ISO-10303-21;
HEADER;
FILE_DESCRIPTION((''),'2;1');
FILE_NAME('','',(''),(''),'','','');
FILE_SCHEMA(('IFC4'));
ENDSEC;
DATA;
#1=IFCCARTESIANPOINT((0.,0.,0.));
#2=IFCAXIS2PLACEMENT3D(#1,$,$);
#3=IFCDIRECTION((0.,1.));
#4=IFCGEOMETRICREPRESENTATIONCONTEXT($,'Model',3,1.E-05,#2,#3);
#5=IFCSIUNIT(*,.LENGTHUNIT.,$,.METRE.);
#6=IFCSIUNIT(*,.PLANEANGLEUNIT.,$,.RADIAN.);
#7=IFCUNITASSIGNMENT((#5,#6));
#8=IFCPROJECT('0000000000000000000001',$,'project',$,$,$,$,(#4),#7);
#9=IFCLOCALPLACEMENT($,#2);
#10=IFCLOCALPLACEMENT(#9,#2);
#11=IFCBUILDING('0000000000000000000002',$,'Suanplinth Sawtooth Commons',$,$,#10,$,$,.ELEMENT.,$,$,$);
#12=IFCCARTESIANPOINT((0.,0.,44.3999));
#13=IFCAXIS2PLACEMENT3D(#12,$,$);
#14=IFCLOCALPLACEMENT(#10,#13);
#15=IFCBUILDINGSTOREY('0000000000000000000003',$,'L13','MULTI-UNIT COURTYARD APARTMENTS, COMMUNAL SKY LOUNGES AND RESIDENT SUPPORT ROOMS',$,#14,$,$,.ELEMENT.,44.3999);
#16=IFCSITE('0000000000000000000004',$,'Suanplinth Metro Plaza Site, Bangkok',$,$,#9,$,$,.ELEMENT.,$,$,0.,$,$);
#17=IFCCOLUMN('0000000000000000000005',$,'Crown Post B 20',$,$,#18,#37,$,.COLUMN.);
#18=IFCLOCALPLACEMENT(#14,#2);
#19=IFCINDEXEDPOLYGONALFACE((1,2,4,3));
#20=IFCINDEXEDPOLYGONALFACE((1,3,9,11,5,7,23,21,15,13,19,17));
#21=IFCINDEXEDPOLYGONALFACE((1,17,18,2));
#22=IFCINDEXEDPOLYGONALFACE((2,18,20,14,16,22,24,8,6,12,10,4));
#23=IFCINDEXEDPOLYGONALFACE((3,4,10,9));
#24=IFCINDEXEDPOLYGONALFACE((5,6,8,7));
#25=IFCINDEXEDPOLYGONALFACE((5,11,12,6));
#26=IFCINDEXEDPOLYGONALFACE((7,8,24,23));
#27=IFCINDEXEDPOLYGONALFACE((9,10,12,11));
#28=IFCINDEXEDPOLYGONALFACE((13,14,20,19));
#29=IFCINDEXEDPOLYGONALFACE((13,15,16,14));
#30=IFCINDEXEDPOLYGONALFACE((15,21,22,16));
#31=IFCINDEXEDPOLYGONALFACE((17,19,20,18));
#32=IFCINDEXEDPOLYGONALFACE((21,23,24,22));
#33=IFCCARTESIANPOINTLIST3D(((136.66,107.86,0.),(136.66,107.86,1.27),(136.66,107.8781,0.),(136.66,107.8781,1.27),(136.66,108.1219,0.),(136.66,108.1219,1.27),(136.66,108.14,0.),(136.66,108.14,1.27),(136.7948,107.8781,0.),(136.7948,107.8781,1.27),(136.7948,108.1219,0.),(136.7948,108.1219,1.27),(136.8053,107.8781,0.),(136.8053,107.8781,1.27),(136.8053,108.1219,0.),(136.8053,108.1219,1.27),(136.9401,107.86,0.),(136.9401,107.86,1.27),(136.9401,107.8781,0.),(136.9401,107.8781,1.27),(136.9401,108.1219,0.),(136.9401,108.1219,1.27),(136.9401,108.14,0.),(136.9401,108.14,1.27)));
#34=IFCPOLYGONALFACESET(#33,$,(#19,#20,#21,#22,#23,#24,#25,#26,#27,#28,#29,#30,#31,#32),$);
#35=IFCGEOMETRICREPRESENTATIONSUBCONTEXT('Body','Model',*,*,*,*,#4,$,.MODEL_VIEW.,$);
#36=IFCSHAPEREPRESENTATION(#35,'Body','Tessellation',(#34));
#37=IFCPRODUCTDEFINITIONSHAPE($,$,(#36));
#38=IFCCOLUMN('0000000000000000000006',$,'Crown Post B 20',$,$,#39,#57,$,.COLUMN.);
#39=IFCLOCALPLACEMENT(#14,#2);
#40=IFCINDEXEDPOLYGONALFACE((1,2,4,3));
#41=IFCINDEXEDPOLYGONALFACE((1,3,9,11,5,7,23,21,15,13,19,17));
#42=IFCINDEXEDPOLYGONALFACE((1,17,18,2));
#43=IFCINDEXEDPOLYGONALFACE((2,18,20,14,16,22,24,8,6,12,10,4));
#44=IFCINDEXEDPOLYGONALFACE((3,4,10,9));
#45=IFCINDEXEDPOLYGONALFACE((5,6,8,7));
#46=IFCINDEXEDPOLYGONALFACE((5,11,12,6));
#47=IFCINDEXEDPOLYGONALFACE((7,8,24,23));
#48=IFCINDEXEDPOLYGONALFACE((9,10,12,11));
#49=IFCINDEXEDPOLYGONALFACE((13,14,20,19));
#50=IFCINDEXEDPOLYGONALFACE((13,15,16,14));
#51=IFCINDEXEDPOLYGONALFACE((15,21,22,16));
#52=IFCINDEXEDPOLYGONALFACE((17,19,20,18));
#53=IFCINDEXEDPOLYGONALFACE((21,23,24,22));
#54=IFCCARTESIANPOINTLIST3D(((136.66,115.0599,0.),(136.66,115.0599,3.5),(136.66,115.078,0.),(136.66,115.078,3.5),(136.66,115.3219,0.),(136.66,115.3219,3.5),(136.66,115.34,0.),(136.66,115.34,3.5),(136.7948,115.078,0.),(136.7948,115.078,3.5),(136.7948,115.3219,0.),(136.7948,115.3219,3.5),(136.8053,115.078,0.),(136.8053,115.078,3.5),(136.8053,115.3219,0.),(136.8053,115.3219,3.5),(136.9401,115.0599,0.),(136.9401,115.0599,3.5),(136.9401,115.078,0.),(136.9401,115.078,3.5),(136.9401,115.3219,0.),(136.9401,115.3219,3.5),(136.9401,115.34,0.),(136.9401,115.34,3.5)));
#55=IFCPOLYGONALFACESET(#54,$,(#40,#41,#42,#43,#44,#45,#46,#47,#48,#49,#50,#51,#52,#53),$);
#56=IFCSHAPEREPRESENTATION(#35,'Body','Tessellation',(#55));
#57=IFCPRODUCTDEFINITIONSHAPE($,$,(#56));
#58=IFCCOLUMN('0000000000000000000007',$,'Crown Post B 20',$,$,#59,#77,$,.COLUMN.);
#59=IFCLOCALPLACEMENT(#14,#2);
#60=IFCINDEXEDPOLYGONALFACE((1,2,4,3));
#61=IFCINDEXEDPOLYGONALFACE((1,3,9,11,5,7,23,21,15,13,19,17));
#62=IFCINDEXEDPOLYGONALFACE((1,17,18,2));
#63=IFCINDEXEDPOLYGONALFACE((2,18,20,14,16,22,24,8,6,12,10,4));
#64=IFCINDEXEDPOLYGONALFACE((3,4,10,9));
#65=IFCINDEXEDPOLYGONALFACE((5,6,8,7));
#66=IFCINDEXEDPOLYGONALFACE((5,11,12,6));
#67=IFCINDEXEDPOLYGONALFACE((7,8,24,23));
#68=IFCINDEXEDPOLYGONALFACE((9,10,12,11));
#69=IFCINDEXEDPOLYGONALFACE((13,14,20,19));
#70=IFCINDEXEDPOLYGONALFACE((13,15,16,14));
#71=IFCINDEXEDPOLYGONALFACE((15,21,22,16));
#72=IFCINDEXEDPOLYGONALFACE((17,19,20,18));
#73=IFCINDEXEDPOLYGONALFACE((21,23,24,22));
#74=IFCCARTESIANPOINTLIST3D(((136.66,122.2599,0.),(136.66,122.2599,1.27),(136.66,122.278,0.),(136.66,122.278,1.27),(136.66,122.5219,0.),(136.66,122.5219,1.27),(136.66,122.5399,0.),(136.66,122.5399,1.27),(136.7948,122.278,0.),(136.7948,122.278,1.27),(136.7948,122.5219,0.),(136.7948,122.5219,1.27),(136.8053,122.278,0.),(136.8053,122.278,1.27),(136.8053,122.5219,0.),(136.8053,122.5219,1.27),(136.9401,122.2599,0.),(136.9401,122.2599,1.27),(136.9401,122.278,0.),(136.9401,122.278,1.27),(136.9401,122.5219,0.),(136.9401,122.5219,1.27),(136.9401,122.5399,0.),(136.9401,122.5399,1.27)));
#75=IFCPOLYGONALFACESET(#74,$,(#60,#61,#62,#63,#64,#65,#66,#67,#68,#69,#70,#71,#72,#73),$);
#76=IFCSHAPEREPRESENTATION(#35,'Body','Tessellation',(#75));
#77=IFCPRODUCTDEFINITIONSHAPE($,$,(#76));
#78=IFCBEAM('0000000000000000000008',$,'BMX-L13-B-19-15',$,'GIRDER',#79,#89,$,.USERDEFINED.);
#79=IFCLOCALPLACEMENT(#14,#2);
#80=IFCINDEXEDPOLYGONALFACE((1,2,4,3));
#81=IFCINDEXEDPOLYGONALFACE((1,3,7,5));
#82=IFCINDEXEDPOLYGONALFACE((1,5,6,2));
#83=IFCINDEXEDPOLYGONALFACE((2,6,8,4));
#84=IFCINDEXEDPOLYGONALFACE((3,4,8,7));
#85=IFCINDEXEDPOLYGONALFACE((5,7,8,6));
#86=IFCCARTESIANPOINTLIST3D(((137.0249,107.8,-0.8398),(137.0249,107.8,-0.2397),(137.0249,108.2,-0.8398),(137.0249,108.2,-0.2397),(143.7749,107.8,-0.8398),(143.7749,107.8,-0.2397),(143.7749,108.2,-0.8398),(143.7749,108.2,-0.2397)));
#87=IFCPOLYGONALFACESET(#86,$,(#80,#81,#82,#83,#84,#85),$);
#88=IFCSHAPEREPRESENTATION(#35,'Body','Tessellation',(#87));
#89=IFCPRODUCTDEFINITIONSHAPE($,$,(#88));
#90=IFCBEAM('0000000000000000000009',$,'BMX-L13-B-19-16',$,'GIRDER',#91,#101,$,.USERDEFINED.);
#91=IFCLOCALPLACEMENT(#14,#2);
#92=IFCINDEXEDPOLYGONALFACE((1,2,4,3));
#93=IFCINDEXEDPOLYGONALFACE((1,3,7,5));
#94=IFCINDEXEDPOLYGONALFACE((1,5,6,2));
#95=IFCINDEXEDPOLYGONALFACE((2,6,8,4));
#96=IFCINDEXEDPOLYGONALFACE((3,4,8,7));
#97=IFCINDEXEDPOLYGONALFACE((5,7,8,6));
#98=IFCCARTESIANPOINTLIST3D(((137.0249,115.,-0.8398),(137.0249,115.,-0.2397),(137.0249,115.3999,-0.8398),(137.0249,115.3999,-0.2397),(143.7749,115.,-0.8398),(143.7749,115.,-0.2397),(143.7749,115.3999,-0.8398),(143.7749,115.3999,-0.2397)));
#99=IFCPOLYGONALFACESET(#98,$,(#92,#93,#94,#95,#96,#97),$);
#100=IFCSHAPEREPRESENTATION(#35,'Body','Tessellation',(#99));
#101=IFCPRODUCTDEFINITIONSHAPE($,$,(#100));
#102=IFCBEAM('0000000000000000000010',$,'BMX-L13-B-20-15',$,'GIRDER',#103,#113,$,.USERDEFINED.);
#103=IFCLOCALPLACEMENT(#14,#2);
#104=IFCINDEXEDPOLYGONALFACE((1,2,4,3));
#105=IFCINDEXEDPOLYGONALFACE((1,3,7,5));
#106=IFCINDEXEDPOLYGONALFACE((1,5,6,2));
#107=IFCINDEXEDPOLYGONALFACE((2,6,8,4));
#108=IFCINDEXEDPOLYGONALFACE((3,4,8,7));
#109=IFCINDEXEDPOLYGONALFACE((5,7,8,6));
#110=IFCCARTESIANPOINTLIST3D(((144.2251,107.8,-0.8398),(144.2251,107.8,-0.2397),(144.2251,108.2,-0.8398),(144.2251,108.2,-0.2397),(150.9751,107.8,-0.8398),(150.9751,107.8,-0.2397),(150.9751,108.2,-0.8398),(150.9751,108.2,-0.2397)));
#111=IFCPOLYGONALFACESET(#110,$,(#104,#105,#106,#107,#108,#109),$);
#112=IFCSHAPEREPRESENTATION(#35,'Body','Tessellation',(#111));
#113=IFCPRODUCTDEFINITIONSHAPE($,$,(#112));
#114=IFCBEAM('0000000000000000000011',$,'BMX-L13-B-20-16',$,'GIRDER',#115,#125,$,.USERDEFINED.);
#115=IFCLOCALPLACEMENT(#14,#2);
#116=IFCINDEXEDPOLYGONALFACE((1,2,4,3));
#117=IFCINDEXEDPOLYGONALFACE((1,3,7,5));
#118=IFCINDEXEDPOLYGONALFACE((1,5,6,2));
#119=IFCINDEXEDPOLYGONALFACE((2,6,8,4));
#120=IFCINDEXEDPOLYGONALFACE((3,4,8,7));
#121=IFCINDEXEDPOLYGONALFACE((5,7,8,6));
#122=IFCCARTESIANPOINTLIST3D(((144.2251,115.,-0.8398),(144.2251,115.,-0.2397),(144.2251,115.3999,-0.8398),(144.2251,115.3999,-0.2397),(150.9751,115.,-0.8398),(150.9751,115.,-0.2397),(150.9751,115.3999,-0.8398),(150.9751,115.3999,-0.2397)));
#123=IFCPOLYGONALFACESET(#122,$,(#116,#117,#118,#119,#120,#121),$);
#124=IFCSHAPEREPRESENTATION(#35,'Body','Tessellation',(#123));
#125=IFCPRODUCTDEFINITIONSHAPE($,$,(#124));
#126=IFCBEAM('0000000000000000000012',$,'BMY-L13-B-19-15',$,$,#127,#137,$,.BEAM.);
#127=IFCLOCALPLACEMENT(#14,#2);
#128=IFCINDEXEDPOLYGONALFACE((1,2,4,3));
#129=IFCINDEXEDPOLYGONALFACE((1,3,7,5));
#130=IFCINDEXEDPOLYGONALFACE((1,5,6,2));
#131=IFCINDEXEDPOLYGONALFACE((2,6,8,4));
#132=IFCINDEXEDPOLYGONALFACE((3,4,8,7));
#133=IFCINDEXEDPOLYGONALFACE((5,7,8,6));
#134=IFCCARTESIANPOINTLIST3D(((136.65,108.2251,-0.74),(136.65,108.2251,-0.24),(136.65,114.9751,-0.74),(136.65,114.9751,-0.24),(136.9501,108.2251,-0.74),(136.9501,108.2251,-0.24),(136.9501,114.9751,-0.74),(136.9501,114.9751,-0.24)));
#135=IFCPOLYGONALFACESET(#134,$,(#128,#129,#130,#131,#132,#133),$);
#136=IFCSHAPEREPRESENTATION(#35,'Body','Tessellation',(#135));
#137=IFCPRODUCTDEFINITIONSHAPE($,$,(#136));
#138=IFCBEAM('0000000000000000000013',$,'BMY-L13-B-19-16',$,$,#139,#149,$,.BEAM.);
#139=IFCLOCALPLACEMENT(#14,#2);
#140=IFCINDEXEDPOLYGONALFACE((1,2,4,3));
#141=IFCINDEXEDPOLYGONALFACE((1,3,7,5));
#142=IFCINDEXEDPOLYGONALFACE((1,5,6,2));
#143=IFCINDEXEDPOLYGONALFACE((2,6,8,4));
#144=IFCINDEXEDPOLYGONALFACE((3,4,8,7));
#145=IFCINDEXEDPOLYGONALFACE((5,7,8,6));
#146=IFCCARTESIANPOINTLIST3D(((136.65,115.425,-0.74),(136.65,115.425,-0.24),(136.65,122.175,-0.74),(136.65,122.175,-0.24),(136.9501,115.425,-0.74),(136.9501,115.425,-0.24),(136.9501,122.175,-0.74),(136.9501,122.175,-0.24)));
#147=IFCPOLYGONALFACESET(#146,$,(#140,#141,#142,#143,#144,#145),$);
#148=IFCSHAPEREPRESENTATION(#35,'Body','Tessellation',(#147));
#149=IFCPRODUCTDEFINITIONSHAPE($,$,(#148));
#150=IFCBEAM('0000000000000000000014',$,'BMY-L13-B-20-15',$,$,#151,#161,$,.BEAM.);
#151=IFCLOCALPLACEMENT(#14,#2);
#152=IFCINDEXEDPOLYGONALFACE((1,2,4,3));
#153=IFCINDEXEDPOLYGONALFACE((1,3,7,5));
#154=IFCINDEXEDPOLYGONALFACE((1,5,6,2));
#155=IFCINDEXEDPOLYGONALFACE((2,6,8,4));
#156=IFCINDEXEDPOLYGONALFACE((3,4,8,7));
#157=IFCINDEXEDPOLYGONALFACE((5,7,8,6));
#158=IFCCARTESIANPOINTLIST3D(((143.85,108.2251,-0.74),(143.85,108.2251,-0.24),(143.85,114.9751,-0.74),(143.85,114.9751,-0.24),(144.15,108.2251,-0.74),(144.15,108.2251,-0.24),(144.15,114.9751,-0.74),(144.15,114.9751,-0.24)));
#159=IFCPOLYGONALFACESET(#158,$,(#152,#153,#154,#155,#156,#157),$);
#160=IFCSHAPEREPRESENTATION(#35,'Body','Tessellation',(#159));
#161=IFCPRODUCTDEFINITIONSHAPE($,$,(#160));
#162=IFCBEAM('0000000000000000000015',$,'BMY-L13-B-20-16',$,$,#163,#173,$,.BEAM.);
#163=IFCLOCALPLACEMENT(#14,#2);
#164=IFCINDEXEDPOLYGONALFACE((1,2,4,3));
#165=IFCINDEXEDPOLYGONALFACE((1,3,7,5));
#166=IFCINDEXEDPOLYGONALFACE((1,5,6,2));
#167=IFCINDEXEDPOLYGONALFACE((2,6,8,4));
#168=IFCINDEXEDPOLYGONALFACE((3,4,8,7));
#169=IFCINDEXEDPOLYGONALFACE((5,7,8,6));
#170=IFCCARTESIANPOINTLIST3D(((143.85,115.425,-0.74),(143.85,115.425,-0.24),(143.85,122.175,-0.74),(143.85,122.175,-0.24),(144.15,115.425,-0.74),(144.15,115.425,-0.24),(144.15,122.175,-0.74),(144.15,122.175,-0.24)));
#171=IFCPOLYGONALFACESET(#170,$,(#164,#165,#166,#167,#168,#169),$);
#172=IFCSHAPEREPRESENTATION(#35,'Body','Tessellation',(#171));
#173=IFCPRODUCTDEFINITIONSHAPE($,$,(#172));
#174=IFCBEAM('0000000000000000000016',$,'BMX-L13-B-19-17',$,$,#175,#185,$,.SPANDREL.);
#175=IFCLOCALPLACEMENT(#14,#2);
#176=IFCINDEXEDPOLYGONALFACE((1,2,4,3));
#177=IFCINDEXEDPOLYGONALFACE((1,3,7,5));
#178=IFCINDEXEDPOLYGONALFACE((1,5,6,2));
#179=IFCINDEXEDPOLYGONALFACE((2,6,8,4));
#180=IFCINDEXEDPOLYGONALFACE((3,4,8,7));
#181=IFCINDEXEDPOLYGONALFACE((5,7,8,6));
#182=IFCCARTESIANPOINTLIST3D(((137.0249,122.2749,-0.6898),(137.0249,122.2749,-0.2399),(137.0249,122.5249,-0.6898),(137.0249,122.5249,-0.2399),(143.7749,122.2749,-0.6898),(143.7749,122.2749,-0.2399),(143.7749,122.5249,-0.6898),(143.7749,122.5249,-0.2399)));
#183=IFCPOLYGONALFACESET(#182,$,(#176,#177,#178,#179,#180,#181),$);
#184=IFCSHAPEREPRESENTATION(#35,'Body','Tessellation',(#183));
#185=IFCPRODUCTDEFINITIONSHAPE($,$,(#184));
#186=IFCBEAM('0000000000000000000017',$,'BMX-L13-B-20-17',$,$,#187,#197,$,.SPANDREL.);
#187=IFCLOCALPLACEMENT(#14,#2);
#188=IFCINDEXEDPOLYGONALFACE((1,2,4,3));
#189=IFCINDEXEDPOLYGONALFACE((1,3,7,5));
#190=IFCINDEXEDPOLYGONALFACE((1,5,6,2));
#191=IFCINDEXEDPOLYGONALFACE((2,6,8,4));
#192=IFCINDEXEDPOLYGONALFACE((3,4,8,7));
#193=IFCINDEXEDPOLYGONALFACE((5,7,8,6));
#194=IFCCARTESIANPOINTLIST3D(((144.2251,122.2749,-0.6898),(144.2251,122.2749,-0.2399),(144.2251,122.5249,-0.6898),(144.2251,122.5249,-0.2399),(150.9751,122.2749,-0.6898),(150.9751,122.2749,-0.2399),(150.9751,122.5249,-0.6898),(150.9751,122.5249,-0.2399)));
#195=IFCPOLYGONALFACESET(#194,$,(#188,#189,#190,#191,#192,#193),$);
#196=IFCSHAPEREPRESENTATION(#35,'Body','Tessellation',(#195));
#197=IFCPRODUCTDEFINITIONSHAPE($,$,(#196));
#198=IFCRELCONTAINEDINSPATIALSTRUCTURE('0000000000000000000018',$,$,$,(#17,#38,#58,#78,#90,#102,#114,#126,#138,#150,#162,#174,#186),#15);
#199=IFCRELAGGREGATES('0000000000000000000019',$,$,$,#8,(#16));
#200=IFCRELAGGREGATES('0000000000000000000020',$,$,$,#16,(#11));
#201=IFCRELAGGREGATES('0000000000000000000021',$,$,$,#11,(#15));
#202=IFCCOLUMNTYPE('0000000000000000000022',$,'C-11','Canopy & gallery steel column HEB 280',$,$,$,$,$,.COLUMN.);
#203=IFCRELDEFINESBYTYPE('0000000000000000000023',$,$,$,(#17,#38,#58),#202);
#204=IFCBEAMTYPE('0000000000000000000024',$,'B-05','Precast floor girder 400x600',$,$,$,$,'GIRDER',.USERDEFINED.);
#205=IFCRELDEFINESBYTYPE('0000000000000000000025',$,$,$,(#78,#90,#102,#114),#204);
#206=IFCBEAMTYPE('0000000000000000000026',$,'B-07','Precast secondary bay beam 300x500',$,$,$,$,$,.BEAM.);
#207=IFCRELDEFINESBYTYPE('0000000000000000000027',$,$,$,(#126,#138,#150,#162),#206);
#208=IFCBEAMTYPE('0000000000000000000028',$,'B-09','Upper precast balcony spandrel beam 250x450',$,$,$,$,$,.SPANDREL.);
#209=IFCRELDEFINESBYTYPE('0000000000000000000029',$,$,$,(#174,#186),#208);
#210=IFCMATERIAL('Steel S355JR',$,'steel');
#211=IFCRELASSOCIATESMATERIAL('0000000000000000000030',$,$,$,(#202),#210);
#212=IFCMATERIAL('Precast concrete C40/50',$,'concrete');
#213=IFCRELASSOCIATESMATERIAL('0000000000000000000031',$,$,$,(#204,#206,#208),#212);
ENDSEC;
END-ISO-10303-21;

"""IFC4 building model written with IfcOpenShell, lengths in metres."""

from ifc_helpers import new_model, si_unit, direction, frame, origin, origin_2d, place, context, subcontext, project, spatial, rectangle, i_section, extrude, material, material_profile, profile_set, type_object, element, save


model = new_model("IFC4")

# Units and contexts
model_context = context("Model", 3, precision=1e-05, world=origin(), true_north=direction((0.0, 1.0)))
body_context = subcontext(model_context, "Body", "Model", "MODEL_VIEW")
ifc_project = project(units=[si_unit("LENGTHUNIT", "METRE"), si_unit("PLANEANGLEUNIT", "RADIAN")], contexts=[model_context])

# Site, building, storey
site_placement = place(None, origin())
site = spatial("IfcSite", under=ifc_project, at=site_placement, Name="Suanplinth Metro Plaza Site, Bangkok", CompositionType="ELEMENT", RefElevation=0.0)
building_placement = place(site_placement, origin())
building = spatial("IfcBuilding", under=site, at=building_placement, Name="Suanplinth Sawtooth Commons", CompositionType="ELEMENT")
storey_placement = place(building_placement, frame((0.0, 0.0, 44.3999)))
storey = spatial("IfcBuildingStorey", under=building, at=storey_placement, Name="L13", Description="MULTI-UNIT COURTYARD APARTMENTS, COMMUNAL SKY LOUNGES AND RESIDENT SUPPORT ROOMS", CompositionType="ELEMENT", Elevation=44.3999)

# Columns
ifc_material_1 = material(Name="Steel S355JR", Category="steel")
ifc_material_profile_1 = material_profile(ifc_material_1, i_section(OverallWidth=0.28, OverallDepth=0.28, WebThickness=0.0105, FlangeThickness=0.0181, at=origin_2d()), Name="HEB 280")
ifc_profile_set_1 = profile_set([ifc_material_profile_1], Name="Steel S355JR")
column_type = type_object("IfcColumnType", Name="C-11", Description="Canopy & gallery steel column HEB 280", PredefinedType="COLUMN", material=ifc_profile_set_1)
column_1_placement = place(storey_placement, frame((136.8, 108.0, 0.0), z_axis=(0.0, 0.0, 1.0), x_axis=(1.0, 0.0, 0.0)))
element("IfcColumn", 1, at=column_1_placement, inside=storey, type_object=column_type, Name="Crown Post B 20", PredefinedType="COLUMN", context=body_context, shape_type="SweptSolid", body=[
    extrude(i_section(OverallWidth=0.28, OverallDepth=0.28, WebThickness=0.0105, FlangeThickness=0.0181, at=origin_2d()), origin(), (0.0, 0.0, 1.0), 1.27),
])
column_2_placement = place(storey_placement, frame((136.8, 115.2, 0.0), z_axis=(0.0, 0.0, 1.0), x_axis=(1.0, 0.0, 0.0)))
element("IfcColumn", 2, at=column_2_placement, inside=storey, type_object=column_type, Name="Crown Post B 20", PredefinedType="COLUMN", context=body_context, shape_type="SweptSolid", body=[
    extrude(i_section(OverallWidth=0.28, OverallDepth=0.28, WebThickness=0.0105, FlangeThickness=0.0181, at=origin_2d()), origin(), (0.0, 0.0, 1.0), 3.5),
])
column_3_placement = place(storey_placement, frame((136.8, 122.3999, 0.0), z_axis=(0.0, 0.0, 1.0), x_axis=(1.0, 0.0, 0.0)))
element("IfcColumn", 3, at=column_3_placement, inside=storey, type_object=column_type, Name="Crown Post B 20", PredefinedType="COLUMN", context=body_context, shape_type="SweptSolid", body=[
    extrude(i_section(OverallWidth=0.28, OverallDepth=0.28, WebThickness=0.0105, FlangeThickness=0.0181, at=origin_2d()), origin(), (0.0, 0.0, 1.0), 1.27),
])

# Beams
ifc_material_2 = material(Name="Precast concrete C40/50", Category="concrete")
ifc_material_profile_2 = material_profile(ifc_material_2, rectangle(XDim=0.3999, YDim=0.6001, at=origin_2d()), Name="PC-GDR 400x600")
ifc_profile_set_2 = profile_set([ifc_material_profile_2], Name="Precast concrete C40/50")
beam_type_1 = type_object("IfcBeamType", Name="B-05", Description="Precast floor girder 400x600", ElementType="GIRDER", PredefinedType="USERDEFINED", material=ifc_profile_set_2)
for number, where, z_axis, x_axis, name in (
    (4, (137.0249, 108.0, -0.5398), (1.0, 0.0, 0.0), (0.0, 1.0, 0.0), "BMX-L13-B-19-15"),
    (5, (137.0249, 115.2, -0.5398), (1.0, 0.0, 0.0), (0.0, 1.0, 0.0), "BMX-L13-B-19-16"),
    (6, (144.2251, 108.0, -0.5398), (1.0, 0.0, 0.0), (0.0, 1.0, 0.0), "BMX-L13-B-20-15"),
    (7, (144.2251, 115.2, -0.5398), (1.0, 0.0, 0.0), (0.0, 1.0, 0.0), "BMX-L13-B-20-16"),
):
    element("IfcBeam", number, at=place(storey_placement, frame(where, z_axis=z_axis, x_axis=x_axis)), inside=storey, type_object=beam_type_1, Name=name, ObjectType="GIRDER", PredefinedType="USERDEFINED", context=body_context, shape_type="SweptSolid", body=[
        extrude(rectangle(XDim=0.3999, YDim=0.6001, at=origin_2d()), origin(), (0.0, 0.0, 1.0), 6.75),
    ])
ifc_material_profile_3 = material_profile(ifc_material_2, rectangle(XDim=0.3, YDim=0.5, at=origin_2d()), Name="PC-BM 300x500")
ifc_profile_set_3 = profile_set([ifc_material_profile_3], Name="Precast concrete C40/50")
beam_type_2 = type_object("IfcBeamType", Name="B-07", Description="Precast secondary bay beam 300x500", PredefinedType="BEAM", material=ifc_profile_set_3)
for number, where, z_axis, x_axis, name in (
    (8, (136.8, 108.2251, -0.49), (0.0, 1.0, 0.0), (-1.0, 0.0, 0.0), "BMY-L13-B-19-15"),
    (9, (136.8, 115.425, -0.49), (0.0, 1.0, 0.0), (-1.0, 0.0, 0.0), "BMY-L13-B-19-16"),
    (10, (144.0, 108.2251, -0.49), (0.0, 1.0, 0.0), (-1.0, 0.0, 0.0), "BMY-L13-B-20-15"),
    (11, (144.0, 115.425, -0.49), (0.0, 1.0, 0.0), (-1.0, 0.0, 0.0), "BMY-L13-B-20-16"),
):
    element("IfcBeam", number, at=place(storey_placement, frame(where, z_axis=z_axis, x_axis=x_axis)), inside=storey, type_object=beam_type_2, Name=name, PredefinedType="BEAM", context=body_context, shape_type="SweptSolid", body=[
        extrude(rectangle(XDim=0.3, YDim=0.5, at=origin_2d()), origin(), (0.0, 0.0, 1.0), 6.75),
    ])
ifc_material_profile_4 = material_profile(ifc_material_2, rectangle(XDim=0.25, YDim=0.45, at=origin_2d()), Name="PC-SP 250x450")
ifc_profile_set_4 = profile_set([ifc_material_profile_4], Name="Precast concrete C40/50")
beam_type_3 = type_object("IfcBeamType", Name="B-09", Description="Upper precast balcony spandrel beam 250x450", PredefinedType="SPANDREL", material=ifc_profile_set_4)
for number, where, z_axis, x_axis, name in (
    (12, (137.0249, 122.3999, -0.4648), (1.0, 0.0, 0.0), (0.0, 1.0, 0.0), "BMX-L13-B-19-17"),
    (13, (144.2251, 122.3999, -0.4648), (1.0, 0.0, 0.0), (0.0, 1.0, 0.0), "BMX-L13-B-20-17"),
):
    element("IfcBeam", number, at=place(storey_placement, frame(where, z_axis=z_axis, x_axis=x_axis)), inside=storey, type_object=beam_type_3, Name=name, PredefinedType="SPANDREL", context=body_context, shape_type="SweptSolid", body=[
        extrude(rectangle(XDim=0.25, YDim=0.45, at=origin_2d()), origin(), (0.0, 0.0, 1.0), 6.75),
    ])

save(model, "model.ifc")
